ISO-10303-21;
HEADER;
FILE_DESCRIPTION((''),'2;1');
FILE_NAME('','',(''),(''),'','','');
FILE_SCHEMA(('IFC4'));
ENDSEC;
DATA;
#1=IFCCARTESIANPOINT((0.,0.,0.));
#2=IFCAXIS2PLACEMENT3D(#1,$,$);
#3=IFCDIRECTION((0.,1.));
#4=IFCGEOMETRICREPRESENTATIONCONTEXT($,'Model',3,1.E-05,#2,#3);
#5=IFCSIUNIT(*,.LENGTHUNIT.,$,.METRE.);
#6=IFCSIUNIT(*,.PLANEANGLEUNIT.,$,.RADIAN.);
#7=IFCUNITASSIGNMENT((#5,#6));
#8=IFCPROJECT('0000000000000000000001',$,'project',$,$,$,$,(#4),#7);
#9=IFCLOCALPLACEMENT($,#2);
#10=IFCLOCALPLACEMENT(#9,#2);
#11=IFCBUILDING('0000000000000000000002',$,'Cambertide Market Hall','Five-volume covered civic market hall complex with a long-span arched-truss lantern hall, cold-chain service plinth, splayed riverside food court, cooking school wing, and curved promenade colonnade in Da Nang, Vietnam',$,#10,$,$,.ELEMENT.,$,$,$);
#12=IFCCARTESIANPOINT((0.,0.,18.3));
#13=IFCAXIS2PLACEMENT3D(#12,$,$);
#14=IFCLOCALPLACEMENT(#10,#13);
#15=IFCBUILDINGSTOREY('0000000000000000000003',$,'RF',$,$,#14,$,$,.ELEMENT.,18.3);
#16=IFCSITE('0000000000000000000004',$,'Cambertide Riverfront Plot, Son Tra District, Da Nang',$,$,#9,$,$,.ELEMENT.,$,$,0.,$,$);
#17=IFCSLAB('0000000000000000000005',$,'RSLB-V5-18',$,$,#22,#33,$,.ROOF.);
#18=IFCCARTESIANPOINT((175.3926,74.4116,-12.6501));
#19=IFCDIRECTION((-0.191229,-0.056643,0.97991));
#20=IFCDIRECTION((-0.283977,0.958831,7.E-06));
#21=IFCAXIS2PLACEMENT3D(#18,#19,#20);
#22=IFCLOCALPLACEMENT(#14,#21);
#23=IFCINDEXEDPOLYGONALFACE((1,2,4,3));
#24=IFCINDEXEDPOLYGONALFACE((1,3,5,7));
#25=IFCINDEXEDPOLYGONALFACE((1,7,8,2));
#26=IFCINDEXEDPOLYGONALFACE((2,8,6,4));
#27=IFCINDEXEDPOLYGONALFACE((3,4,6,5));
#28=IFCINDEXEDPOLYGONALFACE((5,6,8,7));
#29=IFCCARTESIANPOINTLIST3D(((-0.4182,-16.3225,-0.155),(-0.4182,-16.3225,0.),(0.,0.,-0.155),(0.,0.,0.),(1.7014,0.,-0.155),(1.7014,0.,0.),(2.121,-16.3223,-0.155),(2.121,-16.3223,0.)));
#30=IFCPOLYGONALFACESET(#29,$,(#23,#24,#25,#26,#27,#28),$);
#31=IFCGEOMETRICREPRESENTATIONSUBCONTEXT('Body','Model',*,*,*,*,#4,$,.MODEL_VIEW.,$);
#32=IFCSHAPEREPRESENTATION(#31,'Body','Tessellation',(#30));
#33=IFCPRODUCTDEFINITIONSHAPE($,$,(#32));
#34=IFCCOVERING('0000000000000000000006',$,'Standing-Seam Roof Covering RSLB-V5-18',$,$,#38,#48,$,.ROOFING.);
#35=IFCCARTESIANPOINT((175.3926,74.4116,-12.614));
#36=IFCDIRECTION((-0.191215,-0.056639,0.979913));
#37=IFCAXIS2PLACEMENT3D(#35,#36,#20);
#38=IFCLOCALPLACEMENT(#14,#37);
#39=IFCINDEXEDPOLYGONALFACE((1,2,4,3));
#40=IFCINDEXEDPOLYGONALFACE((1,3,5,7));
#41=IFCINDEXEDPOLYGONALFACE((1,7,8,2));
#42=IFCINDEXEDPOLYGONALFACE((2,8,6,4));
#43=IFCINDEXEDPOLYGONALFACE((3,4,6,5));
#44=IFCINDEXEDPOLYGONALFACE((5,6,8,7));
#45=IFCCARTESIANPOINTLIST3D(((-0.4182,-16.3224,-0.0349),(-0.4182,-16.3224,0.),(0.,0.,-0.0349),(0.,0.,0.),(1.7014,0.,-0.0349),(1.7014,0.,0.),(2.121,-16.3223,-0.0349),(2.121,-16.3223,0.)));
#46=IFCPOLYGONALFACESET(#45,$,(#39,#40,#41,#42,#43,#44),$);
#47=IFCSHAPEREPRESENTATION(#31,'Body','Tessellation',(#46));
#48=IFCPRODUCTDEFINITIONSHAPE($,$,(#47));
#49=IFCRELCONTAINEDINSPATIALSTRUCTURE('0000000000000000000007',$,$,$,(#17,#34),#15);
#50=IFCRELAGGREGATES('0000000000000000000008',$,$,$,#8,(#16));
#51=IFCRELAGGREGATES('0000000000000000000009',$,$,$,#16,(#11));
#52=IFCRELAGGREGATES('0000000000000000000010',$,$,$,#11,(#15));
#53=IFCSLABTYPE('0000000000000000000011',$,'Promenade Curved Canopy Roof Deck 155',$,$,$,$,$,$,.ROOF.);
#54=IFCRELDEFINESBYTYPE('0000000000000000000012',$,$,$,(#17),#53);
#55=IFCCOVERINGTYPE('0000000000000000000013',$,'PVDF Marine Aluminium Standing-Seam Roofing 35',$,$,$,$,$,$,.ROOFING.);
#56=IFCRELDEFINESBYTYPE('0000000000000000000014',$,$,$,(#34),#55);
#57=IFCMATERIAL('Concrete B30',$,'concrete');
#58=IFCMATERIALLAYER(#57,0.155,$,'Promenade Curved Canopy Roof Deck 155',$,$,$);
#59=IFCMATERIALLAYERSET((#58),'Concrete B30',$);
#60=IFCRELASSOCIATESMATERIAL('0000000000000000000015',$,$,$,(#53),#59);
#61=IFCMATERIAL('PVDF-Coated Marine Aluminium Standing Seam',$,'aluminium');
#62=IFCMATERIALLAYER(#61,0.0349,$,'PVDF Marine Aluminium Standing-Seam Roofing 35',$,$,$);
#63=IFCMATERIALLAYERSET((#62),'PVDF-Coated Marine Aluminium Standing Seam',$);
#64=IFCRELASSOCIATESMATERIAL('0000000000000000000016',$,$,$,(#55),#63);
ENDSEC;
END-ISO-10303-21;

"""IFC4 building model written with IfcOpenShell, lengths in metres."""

from ifc_helpers import new_model, si_unit, direction, frame, origin, place, context, subcontext, project, spatial, polyline, outline, extrude, material, layer, layer_set, type_object, element, save


model = new_model("IFC4")

# Units and contexts
model_context = context("Model", 3, precision=1e-05, world=origin(), true_north=direction((0.0, 1.0)))
body_context = subcontext(model_context, "Body", "Model", "MODEL_VIEW")
ifc_project = project(units=[si_unit("LENGTHUNIT", "METRE"), si_unit("PLANEANGLEUNIT", "RADIAN")], contexts=[model_context])

# Site, building, storey
site_placement = place(None, origin())
site = spatial("IfcSite", under=ifc_project, at=site_placement, Name="Cambertide Riverfront Plot, Son Tra District, Da Nang", CompositionType="ELEMENT", RefElevation=0.0)
building_placement = place(site_placement, origin())
building = spatial("IfcBuilding", under=site, at=building_placement, Name="Cambertide Market Hall", Description="Five-volume covered civic market hall complex with a long-span arched-truss lantern hall, cold-chain service plinth, splayed riverside food court, cooking school wing, and curved promenade colonnade in Da Nang, Vietnam", CompositionType="ELEMENT")
storey_placement = place(building_placement, frame((0.0, 0.0, 18.3)))
storey = spatial("IfcBuildingStorey", under=building, at=storey_placement, Name="RF", CompositionType="ELEMENT", Elevation=18.3)

# Slab
ifc_material_1 = material(Name="Concrete B30", Category="concrete")
ifc_layer_1 = layer(ifc_material_1, 0.155, Name="Promenade Curved Canopy Roof Deck 155")
ifc_layer_set_1 = layer_set([ifc_layer_1], Name="Concrete B30")
slab_type = type_object("IfcSlabType", Name="Promenade Curved Canopy Roof Deck 155", PredefinedType="ROOF", material=ifc_layer_set_1)
slab_1_placement = place(storey_placement, frame((175.3926, 74.4116, -12.6501), z_axis=(-0.191229, -0.056643, 0.97991), x_axis=(-0.283977, 0.958831, 0.000007)))
element("IfcSlab", 1, at=slab_1_placement, inside=storey, type_object=slab_type, Name="RSLB-V5-18", PredefinedType="ROOF", context=body_context, shape_type="SweptSolid", body=[
    extrude(outline(polyline([(0.0, 0.0), (1.7014, 0.0), (2.121, -16.3223), (-0.4182, -16.3225), (0.0, 0.0)])), origin(), (0.0, 0.0, -1.0), 0.155),
])

# Covering
ifc_material_2 = material(Name="PVDF-Coated Marine Aluminium Standing Seam", Category="aluminium")
ifc_layer_2 = layer(ifc_material_2, 0.0349, Name="PVDF Marine Aluminium Standing-Seam Roofing 35")
ifc_layer_set_2 = layer_set([ifc_layer_2], Name="PVDF-Coated Marine Aluminium Standing Seam")
covering_type = type_object("IfcCoveringType", Name="PVDF Marine Aluminium Standing-Seam Roofing 35", PredefinedType="ROOFING", material=ifc_layer_set_2)
covering_1_placement = place(storey_placement, frame((175.3926, 74.4116, -12.614), z_axis=(-0.191215, -0.056639, 0.979913), x_axis=(-0.283977, 0.958831, 0.000007)))
element("IfcCovering", 2, at=covering_1_placement, inside=storey, type_object=covering_type, Name="Standing-Seam Roof Covering RSLB-V5-18", PredefinedType="ROOFING", context=body_context, shape_type="SweptSolid", body=[
    extrude(outline(polyline([(0.0, 0.0), (1.7014, 0.0), (2.121, -16.3223), (-0.4182, -16.3224), (0.0, 0.0)])), origin(), (0.0, 0.0, -1.0), 0.0349),
])

save(model, "model.ifc")
